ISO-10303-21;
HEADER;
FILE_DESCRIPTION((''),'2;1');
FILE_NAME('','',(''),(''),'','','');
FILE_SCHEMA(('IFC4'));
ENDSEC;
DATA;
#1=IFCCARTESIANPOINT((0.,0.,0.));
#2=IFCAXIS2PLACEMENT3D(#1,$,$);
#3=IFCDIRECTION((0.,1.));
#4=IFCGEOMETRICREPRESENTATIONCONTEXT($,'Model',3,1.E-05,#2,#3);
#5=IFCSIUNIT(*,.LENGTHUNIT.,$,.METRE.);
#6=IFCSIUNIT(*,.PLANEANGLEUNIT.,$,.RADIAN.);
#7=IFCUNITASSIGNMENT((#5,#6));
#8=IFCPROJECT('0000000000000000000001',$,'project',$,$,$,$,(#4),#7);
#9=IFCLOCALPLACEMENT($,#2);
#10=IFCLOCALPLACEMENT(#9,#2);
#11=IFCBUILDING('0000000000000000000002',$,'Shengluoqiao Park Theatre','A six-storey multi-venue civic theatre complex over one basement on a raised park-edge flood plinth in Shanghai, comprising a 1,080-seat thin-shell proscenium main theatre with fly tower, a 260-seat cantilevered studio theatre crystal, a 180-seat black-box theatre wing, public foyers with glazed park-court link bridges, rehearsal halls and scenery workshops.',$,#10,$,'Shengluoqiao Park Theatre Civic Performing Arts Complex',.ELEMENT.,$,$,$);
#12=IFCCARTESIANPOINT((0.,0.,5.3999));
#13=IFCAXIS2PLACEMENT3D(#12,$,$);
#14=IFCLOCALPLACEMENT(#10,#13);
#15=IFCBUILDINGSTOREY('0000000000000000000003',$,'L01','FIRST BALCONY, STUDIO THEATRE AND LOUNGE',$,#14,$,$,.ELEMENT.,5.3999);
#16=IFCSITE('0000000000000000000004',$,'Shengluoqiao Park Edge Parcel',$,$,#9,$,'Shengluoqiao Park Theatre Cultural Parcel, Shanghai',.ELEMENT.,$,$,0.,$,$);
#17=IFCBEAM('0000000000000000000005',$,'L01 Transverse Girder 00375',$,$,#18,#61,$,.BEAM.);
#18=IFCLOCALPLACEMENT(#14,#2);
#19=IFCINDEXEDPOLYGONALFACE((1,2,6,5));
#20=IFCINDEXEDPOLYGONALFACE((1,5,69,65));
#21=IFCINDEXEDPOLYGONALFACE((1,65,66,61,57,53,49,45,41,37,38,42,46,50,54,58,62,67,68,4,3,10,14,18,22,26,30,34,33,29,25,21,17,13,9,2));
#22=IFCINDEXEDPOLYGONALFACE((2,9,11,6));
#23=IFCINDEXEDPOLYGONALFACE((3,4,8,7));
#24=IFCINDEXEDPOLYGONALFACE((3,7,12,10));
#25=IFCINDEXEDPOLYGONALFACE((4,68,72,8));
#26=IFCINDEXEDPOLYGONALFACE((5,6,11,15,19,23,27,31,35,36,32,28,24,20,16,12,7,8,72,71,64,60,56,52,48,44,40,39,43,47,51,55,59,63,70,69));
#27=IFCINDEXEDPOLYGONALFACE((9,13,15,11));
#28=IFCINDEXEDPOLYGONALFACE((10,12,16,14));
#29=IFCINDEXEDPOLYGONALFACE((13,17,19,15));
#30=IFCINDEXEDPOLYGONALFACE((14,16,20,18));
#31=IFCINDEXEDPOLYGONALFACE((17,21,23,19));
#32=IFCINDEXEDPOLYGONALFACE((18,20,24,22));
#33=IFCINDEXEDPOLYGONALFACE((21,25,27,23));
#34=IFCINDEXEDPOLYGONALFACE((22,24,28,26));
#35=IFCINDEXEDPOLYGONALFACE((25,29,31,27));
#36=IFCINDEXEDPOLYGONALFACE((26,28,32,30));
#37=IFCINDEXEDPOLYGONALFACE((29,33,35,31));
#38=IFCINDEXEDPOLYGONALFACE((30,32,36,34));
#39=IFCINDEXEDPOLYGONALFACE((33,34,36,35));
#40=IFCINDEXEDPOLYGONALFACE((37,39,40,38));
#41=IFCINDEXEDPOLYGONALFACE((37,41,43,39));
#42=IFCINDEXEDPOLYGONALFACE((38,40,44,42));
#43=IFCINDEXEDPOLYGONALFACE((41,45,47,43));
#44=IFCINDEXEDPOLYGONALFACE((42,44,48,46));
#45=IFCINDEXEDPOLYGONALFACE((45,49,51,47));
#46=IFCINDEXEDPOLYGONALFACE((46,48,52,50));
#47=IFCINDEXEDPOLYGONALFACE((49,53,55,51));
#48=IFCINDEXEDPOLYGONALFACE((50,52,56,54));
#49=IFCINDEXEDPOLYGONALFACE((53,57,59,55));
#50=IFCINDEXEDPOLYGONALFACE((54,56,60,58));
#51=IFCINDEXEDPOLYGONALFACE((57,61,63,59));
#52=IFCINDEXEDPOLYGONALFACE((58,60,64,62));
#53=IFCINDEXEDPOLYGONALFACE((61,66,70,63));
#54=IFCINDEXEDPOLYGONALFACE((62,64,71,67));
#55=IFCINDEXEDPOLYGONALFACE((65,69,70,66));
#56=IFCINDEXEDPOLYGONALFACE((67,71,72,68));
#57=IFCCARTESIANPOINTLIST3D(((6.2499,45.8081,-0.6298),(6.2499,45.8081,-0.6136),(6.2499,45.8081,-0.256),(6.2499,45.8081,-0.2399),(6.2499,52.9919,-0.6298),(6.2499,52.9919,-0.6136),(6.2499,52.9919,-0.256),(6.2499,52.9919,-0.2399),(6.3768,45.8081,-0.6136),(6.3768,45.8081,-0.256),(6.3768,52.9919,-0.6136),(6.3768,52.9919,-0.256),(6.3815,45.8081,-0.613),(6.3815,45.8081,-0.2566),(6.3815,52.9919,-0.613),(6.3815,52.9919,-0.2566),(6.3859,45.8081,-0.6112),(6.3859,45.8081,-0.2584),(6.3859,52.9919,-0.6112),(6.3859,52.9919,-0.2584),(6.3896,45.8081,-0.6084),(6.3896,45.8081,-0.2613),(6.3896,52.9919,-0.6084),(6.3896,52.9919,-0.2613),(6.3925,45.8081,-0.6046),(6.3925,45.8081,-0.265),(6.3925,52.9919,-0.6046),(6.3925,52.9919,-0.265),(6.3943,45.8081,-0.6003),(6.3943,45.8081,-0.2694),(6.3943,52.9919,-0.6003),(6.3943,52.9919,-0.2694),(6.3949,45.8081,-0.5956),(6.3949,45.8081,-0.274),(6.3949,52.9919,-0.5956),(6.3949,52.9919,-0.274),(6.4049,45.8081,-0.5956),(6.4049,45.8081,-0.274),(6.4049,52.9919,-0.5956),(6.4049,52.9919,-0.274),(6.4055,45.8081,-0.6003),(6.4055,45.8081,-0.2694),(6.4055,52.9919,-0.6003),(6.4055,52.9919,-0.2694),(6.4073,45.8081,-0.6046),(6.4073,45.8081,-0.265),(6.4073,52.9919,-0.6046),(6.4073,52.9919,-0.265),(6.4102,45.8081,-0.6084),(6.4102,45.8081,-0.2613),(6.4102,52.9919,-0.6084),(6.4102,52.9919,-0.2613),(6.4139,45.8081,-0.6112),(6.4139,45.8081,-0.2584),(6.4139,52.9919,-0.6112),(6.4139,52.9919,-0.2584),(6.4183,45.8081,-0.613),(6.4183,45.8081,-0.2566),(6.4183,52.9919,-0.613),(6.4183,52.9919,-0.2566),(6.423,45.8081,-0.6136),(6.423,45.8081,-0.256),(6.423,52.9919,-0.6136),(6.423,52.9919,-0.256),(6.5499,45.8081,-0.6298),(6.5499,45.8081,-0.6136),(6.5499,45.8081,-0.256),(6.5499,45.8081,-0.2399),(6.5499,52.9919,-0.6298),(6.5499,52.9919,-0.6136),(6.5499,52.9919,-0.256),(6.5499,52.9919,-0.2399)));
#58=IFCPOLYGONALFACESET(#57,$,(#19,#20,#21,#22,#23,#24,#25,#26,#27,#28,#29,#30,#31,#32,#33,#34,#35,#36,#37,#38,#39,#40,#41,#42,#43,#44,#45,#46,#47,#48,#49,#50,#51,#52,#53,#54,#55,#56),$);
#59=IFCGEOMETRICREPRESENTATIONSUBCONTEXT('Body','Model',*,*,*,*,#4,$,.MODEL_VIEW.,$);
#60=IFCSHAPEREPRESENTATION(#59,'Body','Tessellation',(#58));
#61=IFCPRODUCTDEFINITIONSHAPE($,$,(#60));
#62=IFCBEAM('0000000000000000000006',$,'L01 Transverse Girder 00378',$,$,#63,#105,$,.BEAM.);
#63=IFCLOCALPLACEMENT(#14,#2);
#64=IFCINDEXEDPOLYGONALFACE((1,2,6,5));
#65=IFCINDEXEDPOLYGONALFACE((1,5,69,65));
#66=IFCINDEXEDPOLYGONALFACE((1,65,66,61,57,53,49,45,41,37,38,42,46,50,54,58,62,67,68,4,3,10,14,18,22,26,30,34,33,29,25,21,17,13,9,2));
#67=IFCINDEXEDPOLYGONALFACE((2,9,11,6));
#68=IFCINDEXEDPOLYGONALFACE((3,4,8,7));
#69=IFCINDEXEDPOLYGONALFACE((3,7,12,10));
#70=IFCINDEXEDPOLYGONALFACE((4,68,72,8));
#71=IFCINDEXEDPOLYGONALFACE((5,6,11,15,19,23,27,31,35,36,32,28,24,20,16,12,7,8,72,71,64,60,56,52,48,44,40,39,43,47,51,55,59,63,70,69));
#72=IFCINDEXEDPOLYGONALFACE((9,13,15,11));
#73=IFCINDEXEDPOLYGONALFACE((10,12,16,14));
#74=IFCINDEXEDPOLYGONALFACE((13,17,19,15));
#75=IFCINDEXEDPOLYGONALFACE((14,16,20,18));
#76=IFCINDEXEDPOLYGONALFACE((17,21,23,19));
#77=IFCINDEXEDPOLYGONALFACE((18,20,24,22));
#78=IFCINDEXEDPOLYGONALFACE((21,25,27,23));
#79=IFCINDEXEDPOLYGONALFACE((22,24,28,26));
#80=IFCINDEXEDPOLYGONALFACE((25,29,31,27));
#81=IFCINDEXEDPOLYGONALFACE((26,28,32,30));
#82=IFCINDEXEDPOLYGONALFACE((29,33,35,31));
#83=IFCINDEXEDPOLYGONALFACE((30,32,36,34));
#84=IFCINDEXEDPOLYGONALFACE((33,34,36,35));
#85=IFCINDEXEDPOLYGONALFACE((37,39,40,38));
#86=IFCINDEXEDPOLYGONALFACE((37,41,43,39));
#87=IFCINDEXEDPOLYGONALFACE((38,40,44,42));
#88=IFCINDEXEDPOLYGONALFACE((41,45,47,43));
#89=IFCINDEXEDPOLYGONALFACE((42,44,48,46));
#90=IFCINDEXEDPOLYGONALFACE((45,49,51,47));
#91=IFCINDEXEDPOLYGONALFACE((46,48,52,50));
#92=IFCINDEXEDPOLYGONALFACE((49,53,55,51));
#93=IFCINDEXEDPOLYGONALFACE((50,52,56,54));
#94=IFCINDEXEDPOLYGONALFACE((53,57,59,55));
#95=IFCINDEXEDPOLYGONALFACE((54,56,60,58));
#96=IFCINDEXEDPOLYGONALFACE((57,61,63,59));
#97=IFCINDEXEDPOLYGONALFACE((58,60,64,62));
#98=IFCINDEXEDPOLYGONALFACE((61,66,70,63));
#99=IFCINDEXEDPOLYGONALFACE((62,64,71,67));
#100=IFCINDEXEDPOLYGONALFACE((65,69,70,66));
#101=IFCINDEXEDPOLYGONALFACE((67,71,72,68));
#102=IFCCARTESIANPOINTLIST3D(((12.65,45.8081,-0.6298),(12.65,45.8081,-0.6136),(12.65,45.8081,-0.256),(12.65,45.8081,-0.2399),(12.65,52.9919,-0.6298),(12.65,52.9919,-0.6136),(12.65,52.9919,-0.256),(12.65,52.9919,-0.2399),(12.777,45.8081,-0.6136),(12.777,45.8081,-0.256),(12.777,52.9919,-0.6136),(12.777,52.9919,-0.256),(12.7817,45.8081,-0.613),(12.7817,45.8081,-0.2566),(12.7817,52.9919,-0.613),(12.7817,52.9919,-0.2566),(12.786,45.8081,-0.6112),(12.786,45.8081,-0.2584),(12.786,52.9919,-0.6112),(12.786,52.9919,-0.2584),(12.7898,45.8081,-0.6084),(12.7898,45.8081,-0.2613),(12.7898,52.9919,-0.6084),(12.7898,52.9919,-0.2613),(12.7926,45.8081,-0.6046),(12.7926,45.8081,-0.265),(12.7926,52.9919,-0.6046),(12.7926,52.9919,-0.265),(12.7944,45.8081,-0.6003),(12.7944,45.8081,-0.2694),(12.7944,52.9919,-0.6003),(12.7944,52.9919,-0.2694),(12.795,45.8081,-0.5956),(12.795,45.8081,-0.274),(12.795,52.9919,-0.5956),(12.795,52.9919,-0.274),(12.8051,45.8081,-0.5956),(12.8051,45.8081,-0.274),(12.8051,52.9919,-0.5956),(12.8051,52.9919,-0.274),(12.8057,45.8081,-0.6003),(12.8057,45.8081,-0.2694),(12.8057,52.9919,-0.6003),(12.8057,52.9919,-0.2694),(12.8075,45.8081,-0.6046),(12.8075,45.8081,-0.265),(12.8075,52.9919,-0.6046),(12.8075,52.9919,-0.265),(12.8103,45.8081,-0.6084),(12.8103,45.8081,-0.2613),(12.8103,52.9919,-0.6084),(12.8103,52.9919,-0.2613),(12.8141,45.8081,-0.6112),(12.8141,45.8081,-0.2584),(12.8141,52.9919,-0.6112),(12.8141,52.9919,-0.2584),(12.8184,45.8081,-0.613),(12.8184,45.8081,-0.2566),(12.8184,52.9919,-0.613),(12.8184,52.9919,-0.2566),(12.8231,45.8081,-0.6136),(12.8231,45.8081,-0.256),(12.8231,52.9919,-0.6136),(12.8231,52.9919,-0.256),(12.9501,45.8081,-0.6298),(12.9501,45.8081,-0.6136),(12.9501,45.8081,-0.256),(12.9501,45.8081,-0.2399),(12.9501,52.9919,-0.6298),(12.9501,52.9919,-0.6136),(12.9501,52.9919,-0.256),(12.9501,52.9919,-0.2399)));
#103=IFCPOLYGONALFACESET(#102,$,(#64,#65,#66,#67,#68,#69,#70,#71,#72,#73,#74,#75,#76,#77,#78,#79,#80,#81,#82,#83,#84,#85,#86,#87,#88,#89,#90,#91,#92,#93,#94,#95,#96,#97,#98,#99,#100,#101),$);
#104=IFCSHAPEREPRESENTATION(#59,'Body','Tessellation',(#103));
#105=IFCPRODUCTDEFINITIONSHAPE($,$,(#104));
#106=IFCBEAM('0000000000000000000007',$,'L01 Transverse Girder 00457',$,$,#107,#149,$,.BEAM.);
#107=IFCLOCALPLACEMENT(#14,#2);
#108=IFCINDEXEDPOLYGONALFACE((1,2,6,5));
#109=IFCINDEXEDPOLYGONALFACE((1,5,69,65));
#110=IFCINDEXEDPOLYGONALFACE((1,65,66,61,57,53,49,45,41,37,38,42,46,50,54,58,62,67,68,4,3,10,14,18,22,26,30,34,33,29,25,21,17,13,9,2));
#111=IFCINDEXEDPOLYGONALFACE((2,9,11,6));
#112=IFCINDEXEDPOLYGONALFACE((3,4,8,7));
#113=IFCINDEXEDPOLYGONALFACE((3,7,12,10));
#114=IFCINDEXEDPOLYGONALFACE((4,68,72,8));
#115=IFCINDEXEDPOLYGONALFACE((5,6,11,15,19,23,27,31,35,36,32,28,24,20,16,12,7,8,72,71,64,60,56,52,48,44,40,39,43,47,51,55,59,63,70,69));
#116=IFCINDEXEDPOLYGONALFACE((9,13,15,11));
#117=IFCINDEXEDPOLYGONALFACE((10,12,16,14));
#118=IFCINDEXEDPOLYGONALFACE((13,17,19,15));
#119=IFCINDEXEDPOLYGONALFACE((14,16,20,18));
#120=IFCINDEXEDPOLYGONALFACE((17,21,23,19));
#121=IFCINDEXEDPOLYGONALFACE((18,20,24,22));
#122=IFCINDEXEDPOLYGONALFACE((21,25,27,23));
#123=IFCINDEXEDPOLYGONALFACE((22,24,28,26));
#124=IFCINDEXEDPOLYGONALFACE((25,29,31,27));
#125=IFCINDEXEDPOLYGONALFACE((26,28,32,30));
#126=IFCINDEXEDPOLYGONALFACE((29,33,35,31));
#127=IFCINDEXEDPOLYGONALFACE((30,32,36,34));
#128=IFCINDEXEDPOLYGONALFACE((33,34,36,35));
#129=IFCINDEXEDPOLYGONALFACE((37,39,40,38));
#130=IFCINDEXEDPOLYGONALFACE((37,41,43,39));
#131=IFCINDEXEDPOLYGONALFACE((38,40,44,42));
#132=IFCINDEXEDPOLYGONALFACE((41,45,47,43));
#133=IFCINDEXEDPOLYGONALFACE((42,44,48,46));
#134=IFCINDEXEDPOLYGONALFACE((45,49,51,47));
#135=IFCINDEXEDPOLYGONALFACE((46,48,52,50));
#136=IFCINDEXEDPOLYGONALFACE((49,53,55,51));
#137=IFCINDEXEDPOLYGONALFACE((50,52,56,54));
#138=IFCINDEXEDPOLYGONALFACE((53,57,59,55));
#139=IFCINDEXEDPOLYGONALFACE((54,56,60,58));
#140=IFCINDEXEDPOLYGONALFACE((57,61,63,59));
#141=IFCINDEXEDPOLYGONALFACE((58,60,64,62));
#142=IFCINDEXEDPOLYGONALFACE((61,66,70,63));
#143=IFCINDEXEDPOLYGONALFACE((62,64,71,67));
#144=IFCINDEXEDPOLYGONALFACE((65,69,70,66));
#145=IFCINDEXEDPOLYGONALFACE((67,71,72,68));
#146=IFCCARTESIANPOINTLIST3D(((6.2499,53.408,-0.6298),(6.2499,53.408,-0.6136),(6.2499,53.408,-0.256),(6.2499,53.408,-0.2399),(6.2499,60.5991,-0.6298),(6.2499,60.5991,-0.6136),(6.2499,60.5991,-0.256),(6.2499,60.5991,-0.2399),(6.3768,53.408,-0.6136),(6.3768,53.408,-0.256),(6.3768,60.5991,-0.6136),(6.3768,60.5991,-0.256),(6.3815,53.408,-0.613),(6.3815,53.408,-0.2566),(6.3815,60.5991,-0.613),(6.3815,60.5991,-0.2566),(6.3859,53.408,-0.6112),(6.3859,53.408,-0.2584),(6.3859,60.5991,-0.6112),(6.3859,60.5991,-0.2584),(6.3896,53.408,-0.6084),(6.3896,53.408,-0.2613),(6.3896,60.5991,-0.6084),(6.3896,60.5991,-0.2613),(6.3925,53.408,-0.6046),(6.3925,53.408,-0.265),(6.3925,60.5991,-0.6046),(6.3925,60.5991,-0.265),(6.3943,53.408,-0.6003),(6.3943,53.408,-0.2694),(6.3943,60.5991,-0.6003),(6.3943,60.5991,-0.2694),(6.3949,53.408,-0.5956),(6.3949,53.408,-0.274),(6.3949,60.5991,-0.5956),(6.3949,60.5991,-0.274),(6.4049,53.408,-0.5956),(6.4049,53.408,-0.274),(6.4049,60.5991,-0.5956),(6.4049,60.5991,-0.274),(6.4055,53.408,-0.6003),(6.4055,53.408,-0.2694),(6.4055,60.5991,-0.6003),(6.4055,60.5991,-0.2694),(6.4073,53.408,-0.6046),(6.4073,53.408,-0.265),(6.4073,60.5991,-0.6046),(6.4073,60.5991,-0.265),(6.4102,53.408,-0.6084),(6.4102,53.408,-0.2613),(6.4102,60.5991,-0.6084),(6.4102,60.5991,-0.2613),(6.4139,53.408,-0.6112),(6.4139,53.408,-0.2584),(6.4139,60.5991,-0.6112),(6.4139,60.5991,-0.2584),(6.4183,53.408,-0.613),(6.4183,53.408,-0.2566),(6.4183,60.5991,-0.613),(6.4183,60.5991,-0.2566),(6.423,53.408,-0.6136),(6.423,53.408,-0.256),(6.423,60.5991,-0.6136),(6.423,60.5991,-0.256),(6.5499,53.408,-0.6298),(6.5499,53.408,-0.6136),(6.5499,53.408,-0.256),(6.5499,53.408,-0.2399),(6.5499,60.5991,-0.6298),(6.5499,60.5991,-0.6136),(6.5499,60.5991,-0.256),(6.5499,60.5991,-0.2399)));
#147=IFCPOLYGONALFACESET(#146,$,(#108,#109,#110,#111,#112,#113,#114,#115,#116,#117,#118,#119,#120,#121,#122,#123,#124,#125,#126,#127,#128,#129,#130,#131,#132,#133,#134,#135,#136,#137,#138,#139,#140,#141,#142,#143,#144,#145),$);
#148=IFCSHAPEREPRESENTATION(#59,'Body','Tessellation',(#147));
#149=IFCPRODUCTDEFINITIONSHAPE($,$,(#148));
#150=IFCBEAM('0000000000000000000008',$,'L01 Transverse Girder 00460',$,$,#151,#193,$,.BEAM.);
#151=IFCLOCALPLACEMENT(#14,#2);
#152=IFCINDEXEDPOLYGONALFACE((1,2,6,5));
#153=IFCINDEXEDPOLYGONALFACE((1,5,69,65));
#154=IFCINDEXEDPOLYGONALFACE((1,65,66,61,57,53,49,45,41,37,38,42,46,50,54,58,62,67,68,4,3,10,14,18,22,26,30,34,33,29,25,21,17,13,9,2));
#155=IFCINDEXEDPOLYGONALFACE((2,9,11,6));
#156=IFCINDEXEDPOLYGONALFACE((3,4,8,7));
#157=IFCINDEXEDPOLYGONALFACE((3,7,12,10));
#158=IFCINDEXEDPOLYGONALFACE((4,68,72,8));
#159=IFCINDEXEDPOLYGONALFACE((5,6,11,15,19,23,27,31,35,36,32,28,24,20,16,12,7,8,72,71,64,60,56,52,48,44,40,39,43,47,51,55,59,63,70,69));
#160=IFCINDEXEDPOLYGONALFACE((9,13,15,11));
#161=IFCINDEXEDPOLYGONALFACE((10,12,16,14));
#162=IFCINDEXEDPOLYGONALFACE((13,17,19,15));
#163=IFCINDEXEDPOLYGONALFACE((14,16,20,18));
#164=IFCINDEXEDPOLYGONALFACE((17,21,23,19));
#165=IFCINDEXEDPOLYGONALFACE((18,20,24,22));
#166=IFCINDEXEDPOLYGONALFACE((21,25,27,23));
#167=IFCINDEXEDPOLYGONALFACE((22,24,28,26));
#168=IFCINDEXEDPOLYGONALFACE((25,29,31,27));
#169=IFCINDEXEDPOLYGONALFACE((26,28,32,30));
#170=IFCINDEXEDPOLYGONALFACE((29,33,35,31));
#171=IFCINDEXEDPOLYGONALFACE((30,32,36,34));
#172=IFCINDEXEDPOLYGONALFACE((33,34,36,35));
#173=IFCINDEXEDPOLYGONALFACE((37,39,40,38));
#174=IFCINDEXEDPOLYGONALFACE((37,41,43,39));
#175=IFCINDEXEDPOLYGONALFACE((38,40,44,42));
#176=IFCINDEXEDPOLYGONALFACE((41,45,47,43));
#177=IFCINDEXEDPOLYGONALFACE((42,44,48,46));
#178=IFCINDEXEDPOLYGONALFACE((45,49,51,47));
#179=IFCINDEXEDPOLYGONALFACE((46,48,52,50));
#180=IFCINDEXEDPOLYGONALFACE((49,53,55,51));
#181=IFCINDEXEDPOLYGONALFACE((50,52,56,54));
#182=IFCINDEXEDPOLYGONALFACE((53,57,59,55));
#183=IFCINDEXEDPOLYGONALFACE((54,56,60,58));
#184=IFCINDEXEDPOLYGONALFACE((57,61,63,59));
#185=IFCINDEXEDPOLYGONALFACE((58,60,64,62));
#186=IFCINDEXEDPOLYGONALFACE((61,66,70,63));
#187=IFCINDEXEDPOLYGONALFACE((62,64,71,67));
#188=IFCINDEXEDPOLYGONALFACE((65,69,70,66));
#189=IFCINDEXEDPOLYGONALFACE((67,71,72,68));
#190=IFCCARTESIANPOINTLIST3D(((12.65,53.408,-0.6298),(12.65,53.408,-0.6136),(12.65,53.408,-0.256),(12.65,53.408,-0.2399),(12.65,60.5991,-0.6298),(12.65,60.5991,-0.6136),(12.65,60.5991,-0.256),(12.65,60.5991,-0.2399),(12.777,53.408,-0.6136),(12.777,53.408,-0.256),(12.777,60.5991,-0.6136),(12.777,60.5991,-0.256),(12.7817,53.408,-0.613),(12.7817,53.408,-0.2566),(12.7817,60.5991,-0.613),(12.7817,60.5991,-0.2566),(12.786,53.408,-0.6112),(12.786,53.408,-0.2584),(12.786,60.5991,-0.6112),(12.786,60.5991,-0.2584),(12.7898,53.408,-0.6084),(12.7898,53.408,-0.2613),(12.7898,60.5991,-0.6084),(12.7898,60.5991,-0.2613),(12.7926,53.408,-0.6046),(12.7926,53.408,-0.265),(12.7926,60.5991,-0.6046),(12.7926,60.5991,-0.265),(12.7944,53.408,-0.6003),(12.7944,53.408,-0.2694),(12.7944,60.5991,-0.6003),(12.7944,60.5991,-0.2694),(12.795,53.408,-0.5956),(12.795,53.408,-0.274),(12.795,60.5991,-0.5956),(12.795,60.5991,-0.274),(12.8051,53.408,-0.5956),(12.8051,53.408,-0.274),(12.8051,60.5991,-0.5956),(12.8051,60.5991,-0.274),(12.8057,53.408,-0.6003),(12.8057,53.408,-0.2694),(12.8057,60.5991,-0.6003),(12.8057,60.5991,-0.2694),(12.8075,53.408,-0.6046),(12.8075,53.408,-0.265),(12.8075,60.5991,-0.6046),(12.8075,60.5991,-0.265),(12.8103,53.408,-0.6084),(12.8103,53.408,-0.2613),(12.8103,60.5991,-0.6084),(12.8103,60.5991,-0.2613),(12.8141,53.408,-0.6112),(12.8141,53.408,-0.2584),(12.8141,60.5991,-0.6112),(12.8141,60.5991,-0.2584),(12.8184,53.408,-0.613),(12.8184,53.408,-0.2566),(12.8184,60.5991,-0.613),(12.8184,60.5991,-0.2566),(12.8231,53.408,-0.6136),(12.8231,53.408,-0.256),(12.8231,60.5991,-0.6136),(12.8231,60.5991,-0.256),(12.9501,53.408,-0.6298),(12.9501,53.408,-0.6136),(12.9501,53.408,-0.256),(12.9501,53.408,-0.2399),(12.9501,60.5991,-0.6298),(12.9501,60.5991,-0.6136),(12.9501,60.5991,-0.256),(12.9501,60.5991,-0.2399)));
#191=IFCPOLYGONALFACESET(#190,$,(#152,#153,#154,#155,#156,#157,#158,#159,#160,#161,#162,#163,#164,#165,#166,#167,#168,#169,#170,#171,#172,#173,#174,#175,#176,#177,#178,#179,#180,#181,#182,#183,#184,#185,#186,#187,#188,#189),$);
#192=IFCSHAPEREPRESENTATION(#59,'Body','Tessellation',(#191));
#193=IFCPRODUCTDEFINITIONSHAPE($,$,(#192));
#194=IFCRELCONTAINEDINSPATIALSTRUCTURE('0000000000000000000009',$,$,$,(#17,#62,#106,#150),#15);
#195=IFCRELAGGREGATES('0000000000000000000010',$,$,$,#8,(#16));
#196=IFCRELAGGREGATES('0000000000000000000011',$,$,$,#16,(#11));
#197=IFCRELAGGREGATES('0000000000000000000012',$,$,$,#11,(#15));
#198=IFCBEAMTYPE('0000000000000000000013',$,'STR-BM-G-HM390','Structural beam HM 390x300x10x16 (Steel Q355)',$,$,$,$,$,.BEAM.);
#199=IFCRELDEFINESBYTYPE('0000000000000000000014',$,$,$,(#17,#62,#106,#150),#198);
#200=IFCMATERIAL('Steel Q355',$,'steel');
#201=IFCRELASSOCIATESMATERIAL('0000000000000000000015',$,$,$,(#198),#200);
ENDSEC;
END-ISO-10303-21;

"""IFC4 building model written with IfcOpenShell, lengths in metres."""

from ifc_helpers import new_model, si_unit, direction, frame, origin, origin_2d, place, context, subcontext, project, spatial, i_section, extrude, material, material_profile, profile_set, type_object, element, save


model = new_model("IFC4")

# Units and contexts
model_context = context("Model", 3, precision=1e-05, world=origin(), true_north=direction((0.0, 1.0)))
body_context = subcontext(model_context, "Body", "Model", "MODEL_VIEW")
ifc_project = project(units=[si_unit("LENGTHUNIT", "METRE"), si_unit("PLANEANGLEUNIT", "RADIAN")], contexts=[model_context])

# Site, building, storey
site_placement = place(None, origin())
site = spatial("IfcSite", under=ifc_project, at=site_placement, Name="Shengluoqiao Park Edge Parcel", LongName="Shengluoqiao Park Theatre Cultural Parcel, Shanghai", CompositionType="ELEMENT", RefElevation=0.0)
building_placement = place(site_placement, origin())
building = spatial("IfcBuilding", under=site, at=building_placement, Name="Shengluoqiao Park Theatre", Description="A six-storey multi-venue civic theatre complex over one basement on a raised park-edge flood plinth in Shanghai, comprising a 1,080-seat thin-shell proscenium main theatre with fly tower, a 260-seat cantilevered studio theatre crystal, a 180-seat black-box theatre wing, public foyers with glazed park-court link bridges, rehearsal halls and scenery workshops.", LongName="Shengluoqiao Park Theatre Civic Performing Arts Complex", CompositionType="ELEMENT")
storey_placement = place(building_placement, frame((0.0, 0.0, 5.3999)))
storey = spatial("IfcBuildingStorey", under=building, at=storey_placement, Name="L01", Description="FIRST BALCONY, STUDIO THEATRE AND LOUNGE", CompositionType="ELEMENT", Elevation=5.3999)

# Shared definitions
ifc_material_1 = material(Name="Steel Q355", Category="steel")

# Beams
ifc_material_profile_1 = material_profile(ifc_material_1, i_section(OverallWidth=0.3, OverallDepth=0.3899, WebThickness=0.01, FlangeThickness=0.0161, FilletRadius=0.0181, at=origin_2d()), Name="HM 390x300x10x16")
ifc_profile_set_1 = profile_set([ifc_material_profile_1], Name="Steel Q355")
beam_type_1 = type_object("IfcBeamType", Name="STR-BM-G-HM390", Description="Structural beam HM 390x300x10x16 (Steel Q355)", PredefinedType="BEAM", material=ifc_profile_set_1)
for number, where, z_axis, x_axis, name in (
    (1, (6.3999, 45.8081, -0.4348), (0.0, 1.0, 0.0), (-1.0, 0.0, 0.0), "L01 Transverse Girder 00375"),
    (2, (12.8, 45.8081, -0.4348), (0.0, 1.0, 0.0), (-1.0, 0.0, 0.0), "L01 Transverse Girder 00378"),
):
    element("IfcBeam", number, at=place(storey_placement, frame(where, z_axis=z_axis, x_axis=x_axis)), inside=storey, type_object=beam_type_1, Name=name, PredefinedType="BEAM", context=body_context, shape_type="SweptSolid", body=[
        extrude(i_section(OverallWidth=0.3, OverallDepth=0.3899, WebThickness=0.01, FlangeThickness=0.0161, FilletRadius=0.0181, at=origin_2d()), origin(), (0.0, 0.0, 1.0), 7.1838),
    ])
for number, where, z_axis, x_axis, name in (
    (3, (6.3999, 53.408, -0.4348), (0.0, 1.0, 0.0), (-1.0, 0.0, 0.0), "L01 Transverse Girder 00457"),
    (4, (12.8, 53.408, -0.4348), (0.0, 1.0, 0.0), (-1.0, 0.0, 0.0), "L01 Transverse Girder 00460"),
):
    element("IfcBeam", number, at=place(storey_placement, frame(where, z_axis=z_axis, x_axis=x_axis)), inside=storey, type_object=beam_type_1, Name=name, PredefinedType="BEAM", context=body_context, shape_type="SweptSolid", body=[
        extrude(i_section(OverallWidth=0.3, OverallDepth=0.3899, WebThickness=0.01, FlangeThickness=0.0161, FilletRadius=0.0181, at=origin_2d()), origin(), (0.0, 0.0, 1.0), 7.1912),
    ])

save(model, "model.ifc")
